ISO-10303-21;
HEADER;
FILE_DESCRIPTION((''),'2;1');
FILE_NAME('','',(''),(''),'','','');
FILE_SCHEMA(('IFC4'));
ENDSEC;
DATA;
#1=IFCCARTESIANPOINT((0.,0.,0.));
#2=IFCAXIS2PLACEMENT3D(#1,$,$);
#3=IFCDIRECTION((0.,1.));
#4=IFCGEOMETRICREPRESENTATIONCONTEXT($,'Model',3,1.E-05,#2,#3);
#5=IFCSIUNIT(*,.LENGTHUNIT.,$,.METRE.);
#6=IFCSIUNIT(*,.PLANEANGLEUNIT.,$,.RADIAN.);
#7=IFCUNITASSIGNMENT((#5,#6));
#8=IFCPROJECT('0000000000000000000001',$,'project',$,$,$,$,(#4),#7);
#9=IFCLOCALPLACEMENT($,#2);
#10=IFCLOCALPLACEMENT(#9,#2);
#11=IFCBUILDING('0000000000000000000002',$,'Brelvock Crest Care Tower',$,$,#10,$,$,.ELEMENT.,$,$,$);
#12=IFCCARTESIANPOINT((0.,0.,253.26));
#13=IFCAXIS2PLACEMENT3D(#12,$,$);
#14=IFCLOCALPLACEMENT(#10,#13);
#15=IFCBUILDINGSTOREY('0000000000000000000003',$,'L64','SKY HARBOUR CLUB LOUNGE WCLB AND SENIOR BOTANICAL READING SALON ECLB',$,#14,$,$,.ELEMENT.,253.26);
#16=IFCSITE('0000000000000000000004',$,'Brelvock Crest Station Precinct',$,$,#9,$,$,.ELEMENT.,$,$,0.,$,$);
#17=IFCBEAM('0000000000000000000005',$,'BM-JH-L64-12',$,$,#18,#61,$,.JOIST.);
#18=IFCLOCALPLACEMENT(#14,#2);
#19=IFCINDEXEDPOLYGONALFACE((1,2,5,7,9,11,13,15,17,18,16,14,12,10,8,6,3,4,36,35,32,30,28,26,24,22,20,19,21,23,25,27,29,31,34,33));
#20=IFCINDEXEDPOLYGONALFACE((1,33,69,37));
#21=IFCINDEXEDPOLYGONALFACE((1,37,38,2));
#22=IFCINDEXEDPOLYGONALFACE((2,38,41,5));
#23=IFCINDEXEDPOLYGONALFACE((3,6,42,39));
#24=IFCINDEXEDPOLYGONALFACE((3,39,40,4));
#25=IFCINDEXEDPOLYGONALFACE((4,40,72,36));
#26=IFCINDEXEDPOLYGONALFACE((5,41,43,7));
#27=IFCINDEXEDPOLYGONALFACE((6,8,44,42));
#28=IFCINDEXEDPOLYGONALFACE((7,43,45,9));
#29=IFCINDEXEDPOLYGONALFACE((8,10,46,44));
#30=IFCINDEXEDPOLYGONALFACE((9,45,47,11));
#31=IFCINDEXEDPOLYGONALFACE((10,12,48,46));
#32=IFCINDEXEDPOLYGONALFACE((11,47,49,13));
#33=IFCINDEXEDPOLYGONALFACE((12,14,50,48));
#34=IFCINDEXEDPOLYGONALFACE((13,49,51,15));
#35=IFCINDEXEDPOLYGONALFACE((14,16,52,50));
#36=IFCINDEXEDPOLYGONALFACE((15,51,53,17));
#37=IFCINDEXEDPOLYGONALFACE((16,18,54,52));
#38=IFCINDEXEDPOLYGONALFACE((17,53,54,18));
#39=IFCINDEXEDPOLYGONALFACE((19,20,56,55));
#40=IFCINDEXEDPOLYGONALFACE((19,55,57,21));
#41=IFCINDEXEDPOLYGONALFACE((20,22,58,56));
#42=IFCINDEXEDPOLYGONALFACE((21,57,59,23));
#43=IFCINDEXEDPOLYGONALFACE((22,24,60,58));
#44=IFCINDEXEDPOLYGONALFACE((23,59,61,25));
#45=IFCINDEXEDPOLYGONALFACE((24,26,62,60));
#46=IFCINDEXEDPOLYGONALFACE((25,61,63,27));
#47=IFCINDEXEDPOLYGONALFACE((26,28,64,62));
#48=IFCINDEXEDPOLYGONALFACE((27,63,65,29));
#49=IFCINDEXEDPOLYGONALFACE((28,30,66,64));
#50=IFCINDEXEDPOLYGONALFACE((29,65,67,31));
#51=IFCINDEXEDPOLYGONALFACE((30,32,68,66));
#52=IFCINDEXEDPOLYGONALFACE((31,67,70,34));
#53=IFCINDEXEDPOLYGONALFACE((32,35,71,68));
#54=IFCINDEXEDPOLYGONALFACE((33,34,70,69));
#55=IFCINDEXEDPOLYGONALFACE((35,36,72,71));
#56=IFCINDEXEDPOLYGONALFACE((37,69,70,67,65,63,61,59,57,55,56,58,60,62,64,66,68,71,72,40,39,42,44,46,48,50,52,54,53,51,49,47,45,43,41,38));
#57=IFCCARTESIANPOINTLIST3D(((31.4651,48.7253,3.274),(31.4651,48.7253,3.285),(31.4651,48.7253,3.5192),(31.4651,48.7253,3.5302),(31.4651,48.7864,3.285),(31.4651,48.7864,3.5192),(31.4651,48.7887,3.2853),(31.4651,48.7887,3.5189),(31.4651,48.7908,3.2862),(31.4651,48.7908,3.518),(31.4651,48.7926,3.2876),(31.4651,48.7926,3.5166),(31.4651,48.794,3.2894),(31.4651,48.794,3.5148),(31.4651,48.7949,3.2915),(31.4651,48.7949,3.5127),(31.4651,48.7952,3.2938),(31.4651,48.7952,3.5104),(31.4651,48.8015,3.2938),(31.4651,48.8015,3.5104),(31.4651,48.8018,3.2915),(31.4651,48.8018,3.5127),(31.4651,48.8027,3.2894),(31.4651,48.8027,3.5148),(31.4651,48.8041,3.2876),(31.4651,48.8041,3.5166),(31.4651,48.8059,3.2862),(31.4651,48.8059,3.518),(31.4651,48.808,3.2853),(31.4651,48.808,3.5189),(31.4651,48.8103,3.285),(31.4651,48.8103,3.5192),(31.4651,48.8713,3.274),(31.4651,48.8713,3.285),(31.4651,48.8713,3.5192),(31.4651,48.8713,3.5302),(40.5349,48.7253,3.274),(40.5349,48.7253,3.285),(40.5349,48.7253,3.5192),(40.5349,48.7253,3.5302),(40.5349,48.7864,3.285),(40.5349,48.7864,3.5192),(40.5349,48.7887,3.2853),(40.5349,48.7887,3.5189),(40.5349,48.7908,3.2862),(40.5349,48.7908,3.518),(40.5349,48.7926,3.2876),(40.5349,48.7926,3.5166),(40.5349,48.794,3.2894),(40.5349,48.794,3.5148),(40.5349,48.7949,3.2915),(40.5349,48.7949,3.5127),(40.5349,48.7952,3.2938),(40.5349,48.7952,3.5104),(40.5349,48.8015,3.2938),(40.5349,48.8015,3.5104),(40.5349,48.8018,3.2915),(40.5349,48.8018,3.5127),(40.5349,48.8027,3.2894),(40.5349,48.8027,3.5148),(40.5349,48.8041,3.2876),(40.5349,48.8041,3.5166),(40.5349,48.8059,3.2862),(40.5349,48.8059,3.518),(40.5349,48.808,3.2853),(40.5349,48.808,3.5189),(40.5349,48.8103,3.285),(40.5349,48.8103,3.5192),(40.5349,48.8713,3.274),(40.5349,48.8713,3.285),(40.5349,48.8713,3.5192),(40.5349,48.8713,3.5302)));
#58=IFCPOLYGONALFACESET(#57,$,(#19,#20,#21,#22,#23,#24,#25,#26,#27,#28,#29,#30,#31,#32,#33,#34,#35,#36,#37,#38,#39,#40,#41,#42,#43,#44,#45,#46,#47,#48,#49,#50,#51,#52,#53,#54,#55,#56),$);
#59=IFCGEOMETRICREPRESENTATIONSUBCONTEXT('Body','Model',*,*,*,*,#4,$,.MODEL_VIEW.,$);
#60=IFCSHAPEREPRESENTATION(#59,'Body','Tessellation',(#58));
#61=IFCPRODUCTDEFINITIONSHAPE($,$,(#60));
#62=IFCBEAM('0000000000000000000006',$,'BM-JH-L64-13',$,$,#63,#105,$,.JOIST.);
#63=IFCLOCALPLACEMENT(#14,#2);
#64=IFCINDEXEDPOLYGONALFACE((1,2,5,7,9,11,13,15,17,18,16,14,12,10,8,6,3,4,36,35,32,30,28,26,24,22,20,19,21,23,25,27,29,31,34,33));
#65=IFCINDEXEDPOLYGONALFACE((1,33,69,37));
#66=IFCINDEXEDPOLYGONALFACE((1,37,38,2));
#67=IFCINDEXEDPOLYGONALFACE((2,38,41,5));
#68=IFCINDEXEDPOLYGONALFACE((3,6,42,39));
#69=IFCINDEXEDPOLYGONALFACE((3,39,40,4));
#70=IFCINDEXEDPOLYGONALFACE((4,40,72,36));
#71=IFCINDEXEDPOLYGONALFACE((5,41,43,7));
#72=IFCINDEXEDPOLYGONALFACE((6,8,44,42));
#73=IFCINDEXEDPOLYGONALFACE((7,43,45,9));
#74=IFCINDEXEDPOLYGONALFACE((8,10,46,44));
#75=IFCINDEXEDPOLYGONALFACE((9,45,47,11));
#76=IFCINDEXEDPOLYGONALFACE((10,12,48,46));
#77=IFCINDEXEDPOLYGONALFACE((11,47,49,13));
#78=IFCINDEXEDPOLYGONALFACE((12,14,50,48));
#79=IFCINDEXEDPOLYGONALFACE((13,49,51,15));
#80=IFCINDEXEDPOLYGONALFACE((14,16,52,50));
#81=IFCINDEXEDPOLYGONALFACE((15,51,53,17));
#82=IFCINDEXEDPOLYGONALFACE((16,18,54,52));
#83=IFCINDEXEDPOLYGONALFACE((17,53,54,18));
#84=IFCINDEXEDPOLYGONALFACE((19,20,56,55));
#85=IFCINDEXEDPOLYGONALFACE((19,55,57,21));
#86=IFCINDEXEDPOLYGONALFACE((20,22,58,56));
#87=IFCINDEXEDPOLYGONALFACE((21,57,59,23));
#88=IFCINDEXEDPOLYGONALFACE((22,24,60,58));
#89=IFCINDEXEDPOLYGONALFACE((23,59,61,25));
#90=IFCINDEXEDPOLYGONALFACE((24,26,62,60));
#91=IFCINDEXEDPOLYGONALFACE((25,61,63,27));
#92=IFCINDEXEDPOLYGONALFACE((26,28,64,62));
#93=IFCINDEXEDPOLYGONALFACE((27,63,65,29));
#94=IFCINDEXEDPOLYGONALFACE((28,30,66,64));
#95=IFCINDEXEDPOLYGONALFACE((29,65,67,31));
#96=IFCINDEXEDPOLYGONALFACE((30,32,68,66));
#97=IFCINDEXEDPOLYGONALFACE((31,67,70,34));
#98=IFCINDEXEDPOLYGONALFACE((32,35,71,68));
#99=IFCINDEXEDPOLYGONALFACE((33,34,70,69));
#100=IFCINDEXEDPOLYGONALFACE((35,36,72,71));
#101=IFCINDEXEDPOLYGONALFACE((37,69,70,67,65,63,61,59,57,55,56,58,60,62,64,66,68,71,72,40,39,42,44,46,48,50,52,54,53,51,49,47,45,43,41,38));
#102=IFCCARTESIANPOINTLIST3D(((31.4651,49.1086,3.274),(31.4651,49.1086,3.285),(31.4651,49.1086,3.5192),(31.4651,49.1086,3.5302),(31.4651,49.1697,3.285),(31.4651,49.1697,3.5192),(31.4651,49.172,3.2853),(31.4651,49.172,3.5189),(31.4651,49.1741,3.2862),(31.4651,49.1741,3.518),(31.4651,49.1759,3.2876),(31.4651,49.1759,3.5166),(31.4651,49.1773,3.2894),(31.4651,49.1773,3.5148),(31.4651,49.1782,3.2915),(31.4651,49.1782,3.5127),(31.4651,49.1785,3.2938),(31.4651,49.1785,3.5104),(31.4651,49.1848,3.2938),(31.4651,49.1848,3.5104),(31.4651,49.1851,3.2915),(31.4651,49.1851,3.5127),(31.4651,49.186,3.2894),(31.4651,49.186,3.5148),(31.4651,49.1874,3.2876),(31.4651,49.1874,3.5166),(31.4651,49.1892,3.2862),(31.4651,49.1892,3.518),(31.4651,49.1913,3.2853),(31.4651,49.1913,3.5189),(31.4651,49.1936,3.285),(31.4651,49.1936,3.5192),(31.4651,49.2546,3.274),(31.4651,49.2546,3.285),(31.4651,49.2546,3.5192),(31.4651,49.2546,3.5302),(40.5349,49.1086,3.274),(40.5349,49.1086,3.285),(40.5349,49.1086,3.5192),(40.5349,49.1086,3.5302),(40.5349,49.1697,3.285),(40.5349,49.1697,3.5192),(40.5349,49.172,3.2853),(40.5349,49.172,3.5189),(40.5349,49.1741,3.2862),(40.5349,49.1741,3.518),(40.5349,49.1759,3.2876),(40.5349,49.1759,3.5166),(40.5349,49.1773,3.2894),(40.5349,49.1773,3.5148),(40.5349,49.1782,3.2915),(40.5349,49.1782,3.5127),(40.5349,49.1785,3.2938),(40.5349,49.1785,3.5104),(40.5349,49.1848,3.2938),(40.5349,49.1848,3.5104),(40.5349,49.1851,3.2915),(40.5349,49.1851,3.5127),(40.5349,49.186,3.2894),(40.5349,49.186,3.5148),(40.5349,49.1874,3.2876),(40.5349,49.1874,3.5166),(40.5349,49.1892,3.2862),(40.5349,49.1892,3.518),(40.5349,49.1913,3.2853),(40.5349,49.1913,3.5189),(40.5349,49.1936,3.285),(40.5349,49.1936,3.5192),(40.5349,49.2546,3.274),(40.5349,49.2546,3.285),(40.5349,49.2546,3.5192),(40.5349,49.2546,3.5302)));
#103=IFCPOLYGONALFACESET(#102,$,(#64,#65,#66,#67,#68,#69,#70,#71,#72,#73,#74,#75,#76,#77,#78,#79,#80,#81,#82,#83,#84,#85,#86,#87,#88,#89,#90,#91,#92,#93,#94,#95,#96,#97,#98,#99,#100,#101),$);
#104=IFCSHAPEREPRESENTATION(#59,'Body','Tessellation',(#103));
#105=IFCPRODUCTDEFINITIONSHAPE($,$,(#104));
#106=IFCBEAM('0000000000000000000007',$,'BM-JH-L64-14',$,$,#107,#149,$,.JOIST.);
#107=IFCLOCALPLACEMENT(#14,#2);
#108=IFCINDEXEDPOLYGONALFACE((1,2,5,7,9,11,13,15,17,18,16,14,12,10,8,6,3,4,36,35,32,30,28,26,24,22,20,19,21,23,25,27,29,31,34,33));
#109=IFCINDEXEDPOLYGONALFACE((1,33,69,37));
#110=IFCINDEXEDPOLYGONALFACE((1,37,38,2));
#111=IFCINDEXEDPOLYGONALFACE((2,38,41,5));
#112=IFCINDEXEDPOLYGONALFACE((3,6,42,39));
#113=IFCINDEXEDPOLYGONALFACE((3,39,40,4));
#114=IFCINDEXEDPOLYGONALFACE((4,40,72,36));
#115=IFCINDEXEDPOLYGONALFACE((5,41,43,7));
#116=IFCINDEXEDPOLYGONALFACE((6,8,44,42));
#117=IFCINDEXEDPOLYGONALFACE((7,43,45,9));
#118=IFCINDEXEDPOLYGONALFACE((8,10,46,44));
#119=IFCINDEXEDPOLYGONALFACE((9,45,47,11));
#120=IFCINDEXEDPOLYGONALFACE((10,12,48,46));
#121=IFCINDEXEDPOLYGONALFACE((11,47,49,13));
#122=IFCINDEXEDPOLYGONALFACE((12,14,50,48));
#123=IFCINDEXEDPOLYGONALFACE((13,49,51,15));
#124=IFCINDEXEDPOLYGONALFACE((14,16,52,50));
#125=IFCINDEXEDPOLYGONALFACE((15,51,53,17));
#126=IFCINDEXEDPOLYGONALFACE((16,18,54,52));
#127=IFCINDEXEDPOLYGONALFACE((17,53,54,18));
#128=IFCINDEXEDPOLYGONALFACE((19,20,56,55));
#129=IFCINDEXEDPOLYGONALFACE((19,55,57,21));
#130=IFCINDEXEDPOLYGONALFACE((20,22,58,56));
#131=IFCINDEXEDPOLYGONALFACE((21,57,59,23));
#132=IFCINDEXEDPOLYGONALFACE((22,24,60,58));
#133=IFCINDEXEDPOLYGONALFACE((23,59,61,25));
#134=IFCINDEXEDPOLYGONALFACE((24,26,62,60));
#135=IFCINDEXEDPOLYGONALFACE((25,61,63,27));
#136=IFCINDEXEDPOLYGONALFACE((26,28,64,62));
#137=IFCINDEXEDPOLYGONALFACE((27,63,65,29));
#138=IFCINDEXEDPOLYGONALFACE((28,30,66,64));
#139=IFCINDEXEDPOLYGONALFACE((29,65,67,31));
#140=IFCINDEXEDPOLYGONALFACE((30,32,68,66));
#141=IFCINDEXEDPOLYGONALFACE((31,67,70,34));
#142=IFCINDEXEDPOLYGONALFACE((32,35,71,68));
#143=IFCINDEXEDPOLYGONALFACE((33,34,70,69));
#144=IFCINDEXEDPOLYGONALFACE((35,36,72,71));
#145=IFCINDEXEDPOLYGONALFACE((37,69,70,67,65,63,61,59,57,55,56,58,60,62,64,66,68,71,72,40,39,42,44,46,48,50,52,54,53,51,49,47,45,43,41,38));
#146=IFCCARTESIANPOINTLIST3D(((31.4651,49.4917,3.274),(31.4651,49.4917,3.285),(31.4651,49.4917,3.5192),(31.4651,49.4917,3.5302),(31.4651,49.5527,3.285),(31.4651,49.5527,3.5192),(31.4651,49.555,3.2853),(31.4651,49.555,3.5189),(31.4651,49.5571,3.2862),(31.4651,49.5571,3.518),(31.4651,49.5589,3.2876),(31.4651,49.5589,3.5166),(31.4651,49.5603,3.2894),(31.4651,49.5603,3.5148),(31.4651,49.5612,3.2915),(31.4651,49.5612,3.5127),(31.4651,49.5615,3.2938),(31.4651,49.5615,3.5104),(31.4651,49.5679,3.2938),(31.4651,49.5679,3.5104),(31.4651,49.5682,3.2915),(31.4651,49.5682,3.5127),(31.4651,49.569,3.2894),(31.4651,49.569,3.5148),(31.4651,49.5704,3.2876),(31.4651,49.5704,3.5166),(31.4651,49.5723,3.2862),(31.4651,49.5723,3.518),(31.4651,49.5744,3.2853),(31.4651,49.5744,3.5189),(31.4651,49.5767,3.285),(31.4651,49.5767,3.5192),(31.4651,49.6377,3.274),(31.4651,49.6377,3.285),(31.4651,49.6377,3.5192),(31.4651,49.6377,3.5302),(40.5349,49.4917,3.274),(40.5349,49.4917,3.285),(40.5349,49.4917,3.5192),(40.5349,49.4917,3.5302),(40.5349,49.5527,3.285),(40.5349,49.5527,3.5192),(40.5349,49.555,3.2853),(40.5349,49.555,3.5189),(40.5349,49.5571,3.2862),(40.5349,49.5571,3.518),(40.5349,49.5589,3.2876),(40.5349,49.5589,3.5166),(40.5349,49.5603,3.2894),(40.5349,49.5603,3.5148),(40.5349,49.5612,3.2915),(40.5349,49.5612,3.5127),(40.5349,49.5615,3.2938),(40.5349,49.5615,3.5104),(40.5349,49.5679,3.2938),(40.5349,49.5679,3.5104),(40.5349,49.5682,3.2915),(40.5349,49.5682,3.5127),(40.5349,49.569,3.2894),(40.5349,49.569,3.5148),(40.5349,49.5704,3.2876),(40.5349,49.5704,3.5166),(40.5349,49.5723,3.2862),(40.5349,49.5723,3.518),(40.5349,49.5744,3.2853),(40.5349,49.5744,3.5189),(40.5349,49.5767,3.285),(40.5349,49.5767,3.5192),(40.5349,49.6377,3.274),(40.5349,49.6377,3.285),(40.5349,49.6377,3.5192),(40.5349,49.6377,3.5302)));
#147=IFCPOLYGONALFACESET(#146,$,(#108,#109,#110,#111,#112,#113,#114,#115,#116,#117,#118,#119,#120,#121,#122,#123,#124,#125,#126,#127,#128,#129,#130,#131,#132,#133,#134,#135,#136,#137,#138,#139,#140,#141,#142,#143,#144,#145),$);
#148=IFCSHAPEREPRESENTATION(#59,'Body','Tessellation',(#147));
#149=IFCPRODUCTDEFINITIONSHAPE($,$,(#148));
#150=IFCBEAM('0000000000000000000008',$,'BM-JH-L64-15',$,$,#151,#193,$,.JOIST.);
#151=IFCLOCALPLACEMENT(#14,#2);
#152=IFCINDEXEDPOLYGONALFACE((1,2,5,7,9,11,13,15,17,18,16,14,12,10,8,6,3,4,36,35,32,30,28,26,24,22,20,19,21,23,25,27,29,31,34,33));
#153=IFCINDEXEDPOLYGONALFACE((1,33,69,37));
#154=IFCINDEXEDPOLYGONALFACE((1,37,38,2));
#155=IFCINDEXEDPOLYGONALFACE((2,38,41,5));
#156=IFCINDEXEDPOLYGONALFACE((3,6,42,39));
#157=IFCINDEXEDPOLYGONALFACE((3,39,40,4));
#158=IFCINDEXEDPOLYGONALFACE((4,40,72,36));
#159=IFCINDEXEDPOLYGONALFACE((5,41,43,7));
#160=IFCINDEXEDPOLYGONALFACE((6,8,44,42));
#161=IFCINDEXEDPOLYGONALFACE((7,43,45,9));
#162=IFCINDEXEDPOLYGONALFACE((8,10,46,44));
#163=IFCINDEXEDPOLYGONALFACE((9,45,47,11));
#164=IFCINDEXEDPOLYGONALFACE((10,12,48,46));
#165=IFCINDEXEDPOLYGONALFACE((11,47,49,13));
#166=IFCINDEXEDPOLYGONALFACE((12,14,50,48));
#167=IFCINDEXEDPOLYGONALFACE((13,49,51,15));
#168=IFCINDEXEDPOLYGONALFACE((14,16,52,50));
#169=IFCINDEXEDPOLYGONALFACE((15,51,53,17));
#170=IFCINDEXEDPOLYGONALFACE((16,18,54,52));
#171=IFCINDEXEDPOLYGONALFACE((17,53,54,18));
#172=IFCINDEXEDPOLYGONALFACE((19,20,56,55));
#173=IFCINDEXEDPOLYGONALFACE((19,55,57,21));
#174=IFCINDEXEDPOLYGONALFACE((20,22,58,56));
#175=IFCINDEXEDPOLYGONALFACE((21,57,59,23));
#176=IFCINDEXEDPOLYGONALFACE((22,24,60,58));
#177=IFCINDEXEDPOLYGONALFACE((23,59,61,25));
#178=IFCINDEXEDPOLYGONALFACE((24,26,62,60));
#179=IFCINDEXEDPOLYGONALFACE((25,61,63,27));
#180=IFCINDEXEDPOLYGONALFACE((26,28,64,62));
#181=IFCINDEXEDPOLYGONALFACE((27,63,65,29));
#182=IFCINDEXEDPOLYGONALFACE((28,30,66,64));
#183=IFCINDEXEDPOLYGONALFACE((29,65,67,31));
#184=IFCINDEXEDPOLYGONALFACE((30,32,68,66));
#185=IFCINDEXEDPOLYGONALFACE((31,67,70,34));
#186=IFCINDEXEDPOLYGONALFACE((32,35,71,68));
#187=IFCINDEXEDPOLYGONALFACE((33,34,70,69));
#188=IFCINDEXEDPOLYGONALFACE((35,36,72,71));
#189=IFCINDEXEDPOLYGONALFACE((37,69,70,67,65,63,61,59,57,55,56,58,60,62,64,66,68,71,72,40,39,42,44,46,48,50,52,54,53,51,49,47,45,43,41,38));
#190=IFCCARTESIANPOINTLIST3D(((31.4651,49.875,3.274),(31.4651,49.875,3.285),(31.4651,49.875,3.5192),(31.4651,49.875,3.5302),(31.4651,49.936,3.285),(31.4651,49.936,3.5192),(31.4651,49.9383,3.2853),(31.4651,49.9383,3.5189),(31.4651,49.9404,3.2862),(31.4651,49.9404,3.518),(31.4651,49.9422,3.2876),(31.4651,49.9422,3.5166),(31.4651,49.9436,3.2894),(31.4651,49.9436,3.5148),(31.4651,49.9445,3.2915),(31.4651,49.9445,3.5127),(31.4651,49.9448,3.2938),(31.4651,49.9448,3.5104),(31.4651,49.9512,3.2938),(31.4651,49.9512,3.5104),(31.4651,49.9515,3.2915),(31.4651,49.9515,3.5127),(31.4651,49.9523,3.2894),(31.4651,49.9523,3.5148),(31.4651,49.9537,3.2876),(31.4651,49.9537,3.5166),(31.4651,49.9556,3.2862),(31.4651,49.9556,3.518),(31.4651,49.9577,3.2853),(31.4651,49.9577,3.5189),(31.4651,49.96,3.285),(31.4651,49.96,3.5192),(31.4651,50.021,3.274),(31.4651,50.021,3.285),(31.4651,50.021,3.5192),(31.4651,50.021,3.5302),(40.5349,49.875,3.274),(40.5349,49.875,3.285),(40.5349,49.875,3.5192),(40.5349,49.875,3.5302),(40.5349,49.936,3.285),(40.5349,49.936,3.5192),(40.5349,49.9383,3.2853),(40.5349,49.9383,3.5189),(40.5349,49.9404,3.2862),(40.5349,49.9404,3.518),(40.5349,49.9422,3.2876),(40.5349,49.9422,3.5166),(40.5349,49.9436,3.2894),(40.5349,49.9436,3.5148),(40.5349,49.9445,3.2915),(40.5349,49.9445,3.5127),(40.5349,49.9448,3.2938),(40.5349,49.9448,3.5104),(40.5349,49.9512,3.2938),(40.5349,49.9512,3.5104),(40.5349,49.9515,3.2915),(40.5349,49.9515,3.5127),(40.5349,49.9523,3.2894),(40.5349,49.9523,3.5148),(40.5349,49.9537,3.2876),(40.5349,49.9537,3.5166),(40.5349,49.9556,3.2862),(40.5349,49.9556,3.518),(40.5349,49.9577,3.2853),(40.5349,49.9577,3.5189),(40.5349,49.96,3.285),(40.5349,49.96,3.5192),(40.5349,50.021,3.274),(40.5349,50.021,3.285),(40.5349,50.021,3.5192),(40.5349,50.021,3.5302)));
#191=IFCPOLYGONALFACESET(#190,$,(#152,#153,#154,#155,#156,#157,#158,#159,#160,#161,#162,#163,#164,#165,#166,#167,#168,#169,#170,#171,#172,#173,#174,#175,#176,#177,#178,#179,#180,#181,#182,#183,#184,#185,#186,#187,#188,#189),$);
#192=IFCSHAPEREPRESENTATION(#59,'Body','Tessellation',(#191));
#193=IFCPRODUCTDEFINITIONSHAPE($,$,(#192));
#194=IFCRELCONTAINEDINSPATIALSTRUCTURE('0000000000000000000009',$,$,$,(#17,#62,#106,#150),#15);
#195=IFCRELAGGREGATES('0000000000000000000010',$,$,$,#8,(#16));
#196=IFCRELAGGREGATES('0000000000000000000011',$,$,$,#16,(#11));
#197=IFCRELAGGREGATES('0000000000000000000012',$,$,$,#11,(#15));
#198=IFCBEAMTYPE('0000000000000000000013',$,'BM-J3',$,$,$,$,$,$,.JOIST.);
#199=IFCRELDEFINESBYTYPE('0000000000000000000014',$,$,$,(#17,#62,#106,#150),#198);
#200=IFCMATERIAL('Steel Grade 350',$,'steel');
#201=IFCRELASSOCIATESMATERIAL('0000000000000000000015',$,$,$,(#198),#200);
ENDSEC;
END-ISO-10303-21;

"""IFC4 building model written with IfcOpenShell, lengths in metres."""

from ifc_helpers import new_model, si_unit, direction, frame, origin, origin_2d, place, context, subcontext, project, spatial, i_section, extrude, source, transform, mapped, material, material_profile, profile_set, type_object, element, save


model = new_model("IFC4")

# Units and contexts
model_context = context("Model", 3, precision=1e-05, world=origin(), true_north=direction((0.0, 1.0)))
body_context = subcontext(model_context, "Body", "Model", "MODEL_VIEW")
ifc_project = project(units=[si_unit("LENGTHUNIT", "METRE"), si_unit("PLANEANGLEUNIT", "RADIAN")], contexts=[model_context])

# Site, building, storey
site_placement = place(None, origin())
site = spatial("IfcSite", under=ifc_project, at=site_placement, Name="Brelvock Crest Station Precinct", CompositionType="ELEMENT", RefElevation=0.0)
building_placement = place(site_placement, origin())
building = spatial("IfcBuilding", under=site, at=building_placement, Name="Brelvock Crest Care Tower", CompositionType="ELEMENT")
storey_placement = place(building_placement, frame((0.0, 0.0, 253.26)))
storey = spatial("IfcBuildingStorey", under=building, at=storey_placement, Name="L64", Description="SKY HARBOUR CLUB LOUNGE WCLB AND SENIOR BOTANICAL READING SALON ECLB", CompositionType="ELEMENT", Elevation=253.26)

# Beams
ifc_material = material(Name="Steel Grade 350", Category="steel")
ifc_material_profile_1 = material_profile(ifc_material, i_section(OverallWidth=0.146, OverallDepth=0.2561, WebThickness=0.0063, FlangeThickness=0.011, FilletRadius=0.0088, at=origin_2d()), Name="250UB37.3")
ifc_profile_set_1 = profile_set([ifc_material_profile_1], Name="Steel Grade 350")
beam_type_1 = type_object("IfcBeamType", Name="BM-J3", PredefinedType="JOIST", material=ifc_profile_set_1)
shared_shape_1 = source(origin(), body_context, "Body", "SweptSolid", [
    extrude(i_section(OverallWidth=0.146, OverallDepth=0.2561, WebThickness=0.0063, FlangeThickness=0.011, FilletRadius=0.0088, at=origin_2d()), origin(), (0.0, 0.0, 1.0), 9.0698),
])
for number, where, z_axis, x_axis, name in (
    (1, (31.4651, 48.7983, 3.4021), (1.0, 0.0, 0.0), (0.0, 1.0, 0.0), "BM-JH-L64-12"),
    (2, (31.4651, 49.1816, 3.4021), (1.0, 0.0, 0.0), (0.0, 1.0, 0.0), "BM-JH-L64-13"),
    (3, (31.4651, 49.5647, 3.4021), (1.0, 0.0, 0.0), (0.0, 1.0, 0.0), "BM-JH-L64-14"),
    (4, (31.4651, 49.948, 3.4021), (1.0, 0.0, 0.0), (0.0, 1.0, 0.0), "BM-JH-L64-15"),
):
    element("IfcBeam", number, at=place(storey_placement, frame(where, z_axis=z_axis, x_axis=x_axis)), inside=storey, type_object=beam_type_1, Name=name, PredefinedType="JOIST", context=body_context, shape_type="MappedRepresentation", body=[
        mapped(shared_shape_1, transform((0.0, 0.0, 0.0), x_axis=(1.0, 0.0, 0.0), y_axis=(0.0, 1.0, 0.0), z_axis=(0.0, 0.0, 1.0), scale=1.0)),
    ])

save(model, "model.ifc")
